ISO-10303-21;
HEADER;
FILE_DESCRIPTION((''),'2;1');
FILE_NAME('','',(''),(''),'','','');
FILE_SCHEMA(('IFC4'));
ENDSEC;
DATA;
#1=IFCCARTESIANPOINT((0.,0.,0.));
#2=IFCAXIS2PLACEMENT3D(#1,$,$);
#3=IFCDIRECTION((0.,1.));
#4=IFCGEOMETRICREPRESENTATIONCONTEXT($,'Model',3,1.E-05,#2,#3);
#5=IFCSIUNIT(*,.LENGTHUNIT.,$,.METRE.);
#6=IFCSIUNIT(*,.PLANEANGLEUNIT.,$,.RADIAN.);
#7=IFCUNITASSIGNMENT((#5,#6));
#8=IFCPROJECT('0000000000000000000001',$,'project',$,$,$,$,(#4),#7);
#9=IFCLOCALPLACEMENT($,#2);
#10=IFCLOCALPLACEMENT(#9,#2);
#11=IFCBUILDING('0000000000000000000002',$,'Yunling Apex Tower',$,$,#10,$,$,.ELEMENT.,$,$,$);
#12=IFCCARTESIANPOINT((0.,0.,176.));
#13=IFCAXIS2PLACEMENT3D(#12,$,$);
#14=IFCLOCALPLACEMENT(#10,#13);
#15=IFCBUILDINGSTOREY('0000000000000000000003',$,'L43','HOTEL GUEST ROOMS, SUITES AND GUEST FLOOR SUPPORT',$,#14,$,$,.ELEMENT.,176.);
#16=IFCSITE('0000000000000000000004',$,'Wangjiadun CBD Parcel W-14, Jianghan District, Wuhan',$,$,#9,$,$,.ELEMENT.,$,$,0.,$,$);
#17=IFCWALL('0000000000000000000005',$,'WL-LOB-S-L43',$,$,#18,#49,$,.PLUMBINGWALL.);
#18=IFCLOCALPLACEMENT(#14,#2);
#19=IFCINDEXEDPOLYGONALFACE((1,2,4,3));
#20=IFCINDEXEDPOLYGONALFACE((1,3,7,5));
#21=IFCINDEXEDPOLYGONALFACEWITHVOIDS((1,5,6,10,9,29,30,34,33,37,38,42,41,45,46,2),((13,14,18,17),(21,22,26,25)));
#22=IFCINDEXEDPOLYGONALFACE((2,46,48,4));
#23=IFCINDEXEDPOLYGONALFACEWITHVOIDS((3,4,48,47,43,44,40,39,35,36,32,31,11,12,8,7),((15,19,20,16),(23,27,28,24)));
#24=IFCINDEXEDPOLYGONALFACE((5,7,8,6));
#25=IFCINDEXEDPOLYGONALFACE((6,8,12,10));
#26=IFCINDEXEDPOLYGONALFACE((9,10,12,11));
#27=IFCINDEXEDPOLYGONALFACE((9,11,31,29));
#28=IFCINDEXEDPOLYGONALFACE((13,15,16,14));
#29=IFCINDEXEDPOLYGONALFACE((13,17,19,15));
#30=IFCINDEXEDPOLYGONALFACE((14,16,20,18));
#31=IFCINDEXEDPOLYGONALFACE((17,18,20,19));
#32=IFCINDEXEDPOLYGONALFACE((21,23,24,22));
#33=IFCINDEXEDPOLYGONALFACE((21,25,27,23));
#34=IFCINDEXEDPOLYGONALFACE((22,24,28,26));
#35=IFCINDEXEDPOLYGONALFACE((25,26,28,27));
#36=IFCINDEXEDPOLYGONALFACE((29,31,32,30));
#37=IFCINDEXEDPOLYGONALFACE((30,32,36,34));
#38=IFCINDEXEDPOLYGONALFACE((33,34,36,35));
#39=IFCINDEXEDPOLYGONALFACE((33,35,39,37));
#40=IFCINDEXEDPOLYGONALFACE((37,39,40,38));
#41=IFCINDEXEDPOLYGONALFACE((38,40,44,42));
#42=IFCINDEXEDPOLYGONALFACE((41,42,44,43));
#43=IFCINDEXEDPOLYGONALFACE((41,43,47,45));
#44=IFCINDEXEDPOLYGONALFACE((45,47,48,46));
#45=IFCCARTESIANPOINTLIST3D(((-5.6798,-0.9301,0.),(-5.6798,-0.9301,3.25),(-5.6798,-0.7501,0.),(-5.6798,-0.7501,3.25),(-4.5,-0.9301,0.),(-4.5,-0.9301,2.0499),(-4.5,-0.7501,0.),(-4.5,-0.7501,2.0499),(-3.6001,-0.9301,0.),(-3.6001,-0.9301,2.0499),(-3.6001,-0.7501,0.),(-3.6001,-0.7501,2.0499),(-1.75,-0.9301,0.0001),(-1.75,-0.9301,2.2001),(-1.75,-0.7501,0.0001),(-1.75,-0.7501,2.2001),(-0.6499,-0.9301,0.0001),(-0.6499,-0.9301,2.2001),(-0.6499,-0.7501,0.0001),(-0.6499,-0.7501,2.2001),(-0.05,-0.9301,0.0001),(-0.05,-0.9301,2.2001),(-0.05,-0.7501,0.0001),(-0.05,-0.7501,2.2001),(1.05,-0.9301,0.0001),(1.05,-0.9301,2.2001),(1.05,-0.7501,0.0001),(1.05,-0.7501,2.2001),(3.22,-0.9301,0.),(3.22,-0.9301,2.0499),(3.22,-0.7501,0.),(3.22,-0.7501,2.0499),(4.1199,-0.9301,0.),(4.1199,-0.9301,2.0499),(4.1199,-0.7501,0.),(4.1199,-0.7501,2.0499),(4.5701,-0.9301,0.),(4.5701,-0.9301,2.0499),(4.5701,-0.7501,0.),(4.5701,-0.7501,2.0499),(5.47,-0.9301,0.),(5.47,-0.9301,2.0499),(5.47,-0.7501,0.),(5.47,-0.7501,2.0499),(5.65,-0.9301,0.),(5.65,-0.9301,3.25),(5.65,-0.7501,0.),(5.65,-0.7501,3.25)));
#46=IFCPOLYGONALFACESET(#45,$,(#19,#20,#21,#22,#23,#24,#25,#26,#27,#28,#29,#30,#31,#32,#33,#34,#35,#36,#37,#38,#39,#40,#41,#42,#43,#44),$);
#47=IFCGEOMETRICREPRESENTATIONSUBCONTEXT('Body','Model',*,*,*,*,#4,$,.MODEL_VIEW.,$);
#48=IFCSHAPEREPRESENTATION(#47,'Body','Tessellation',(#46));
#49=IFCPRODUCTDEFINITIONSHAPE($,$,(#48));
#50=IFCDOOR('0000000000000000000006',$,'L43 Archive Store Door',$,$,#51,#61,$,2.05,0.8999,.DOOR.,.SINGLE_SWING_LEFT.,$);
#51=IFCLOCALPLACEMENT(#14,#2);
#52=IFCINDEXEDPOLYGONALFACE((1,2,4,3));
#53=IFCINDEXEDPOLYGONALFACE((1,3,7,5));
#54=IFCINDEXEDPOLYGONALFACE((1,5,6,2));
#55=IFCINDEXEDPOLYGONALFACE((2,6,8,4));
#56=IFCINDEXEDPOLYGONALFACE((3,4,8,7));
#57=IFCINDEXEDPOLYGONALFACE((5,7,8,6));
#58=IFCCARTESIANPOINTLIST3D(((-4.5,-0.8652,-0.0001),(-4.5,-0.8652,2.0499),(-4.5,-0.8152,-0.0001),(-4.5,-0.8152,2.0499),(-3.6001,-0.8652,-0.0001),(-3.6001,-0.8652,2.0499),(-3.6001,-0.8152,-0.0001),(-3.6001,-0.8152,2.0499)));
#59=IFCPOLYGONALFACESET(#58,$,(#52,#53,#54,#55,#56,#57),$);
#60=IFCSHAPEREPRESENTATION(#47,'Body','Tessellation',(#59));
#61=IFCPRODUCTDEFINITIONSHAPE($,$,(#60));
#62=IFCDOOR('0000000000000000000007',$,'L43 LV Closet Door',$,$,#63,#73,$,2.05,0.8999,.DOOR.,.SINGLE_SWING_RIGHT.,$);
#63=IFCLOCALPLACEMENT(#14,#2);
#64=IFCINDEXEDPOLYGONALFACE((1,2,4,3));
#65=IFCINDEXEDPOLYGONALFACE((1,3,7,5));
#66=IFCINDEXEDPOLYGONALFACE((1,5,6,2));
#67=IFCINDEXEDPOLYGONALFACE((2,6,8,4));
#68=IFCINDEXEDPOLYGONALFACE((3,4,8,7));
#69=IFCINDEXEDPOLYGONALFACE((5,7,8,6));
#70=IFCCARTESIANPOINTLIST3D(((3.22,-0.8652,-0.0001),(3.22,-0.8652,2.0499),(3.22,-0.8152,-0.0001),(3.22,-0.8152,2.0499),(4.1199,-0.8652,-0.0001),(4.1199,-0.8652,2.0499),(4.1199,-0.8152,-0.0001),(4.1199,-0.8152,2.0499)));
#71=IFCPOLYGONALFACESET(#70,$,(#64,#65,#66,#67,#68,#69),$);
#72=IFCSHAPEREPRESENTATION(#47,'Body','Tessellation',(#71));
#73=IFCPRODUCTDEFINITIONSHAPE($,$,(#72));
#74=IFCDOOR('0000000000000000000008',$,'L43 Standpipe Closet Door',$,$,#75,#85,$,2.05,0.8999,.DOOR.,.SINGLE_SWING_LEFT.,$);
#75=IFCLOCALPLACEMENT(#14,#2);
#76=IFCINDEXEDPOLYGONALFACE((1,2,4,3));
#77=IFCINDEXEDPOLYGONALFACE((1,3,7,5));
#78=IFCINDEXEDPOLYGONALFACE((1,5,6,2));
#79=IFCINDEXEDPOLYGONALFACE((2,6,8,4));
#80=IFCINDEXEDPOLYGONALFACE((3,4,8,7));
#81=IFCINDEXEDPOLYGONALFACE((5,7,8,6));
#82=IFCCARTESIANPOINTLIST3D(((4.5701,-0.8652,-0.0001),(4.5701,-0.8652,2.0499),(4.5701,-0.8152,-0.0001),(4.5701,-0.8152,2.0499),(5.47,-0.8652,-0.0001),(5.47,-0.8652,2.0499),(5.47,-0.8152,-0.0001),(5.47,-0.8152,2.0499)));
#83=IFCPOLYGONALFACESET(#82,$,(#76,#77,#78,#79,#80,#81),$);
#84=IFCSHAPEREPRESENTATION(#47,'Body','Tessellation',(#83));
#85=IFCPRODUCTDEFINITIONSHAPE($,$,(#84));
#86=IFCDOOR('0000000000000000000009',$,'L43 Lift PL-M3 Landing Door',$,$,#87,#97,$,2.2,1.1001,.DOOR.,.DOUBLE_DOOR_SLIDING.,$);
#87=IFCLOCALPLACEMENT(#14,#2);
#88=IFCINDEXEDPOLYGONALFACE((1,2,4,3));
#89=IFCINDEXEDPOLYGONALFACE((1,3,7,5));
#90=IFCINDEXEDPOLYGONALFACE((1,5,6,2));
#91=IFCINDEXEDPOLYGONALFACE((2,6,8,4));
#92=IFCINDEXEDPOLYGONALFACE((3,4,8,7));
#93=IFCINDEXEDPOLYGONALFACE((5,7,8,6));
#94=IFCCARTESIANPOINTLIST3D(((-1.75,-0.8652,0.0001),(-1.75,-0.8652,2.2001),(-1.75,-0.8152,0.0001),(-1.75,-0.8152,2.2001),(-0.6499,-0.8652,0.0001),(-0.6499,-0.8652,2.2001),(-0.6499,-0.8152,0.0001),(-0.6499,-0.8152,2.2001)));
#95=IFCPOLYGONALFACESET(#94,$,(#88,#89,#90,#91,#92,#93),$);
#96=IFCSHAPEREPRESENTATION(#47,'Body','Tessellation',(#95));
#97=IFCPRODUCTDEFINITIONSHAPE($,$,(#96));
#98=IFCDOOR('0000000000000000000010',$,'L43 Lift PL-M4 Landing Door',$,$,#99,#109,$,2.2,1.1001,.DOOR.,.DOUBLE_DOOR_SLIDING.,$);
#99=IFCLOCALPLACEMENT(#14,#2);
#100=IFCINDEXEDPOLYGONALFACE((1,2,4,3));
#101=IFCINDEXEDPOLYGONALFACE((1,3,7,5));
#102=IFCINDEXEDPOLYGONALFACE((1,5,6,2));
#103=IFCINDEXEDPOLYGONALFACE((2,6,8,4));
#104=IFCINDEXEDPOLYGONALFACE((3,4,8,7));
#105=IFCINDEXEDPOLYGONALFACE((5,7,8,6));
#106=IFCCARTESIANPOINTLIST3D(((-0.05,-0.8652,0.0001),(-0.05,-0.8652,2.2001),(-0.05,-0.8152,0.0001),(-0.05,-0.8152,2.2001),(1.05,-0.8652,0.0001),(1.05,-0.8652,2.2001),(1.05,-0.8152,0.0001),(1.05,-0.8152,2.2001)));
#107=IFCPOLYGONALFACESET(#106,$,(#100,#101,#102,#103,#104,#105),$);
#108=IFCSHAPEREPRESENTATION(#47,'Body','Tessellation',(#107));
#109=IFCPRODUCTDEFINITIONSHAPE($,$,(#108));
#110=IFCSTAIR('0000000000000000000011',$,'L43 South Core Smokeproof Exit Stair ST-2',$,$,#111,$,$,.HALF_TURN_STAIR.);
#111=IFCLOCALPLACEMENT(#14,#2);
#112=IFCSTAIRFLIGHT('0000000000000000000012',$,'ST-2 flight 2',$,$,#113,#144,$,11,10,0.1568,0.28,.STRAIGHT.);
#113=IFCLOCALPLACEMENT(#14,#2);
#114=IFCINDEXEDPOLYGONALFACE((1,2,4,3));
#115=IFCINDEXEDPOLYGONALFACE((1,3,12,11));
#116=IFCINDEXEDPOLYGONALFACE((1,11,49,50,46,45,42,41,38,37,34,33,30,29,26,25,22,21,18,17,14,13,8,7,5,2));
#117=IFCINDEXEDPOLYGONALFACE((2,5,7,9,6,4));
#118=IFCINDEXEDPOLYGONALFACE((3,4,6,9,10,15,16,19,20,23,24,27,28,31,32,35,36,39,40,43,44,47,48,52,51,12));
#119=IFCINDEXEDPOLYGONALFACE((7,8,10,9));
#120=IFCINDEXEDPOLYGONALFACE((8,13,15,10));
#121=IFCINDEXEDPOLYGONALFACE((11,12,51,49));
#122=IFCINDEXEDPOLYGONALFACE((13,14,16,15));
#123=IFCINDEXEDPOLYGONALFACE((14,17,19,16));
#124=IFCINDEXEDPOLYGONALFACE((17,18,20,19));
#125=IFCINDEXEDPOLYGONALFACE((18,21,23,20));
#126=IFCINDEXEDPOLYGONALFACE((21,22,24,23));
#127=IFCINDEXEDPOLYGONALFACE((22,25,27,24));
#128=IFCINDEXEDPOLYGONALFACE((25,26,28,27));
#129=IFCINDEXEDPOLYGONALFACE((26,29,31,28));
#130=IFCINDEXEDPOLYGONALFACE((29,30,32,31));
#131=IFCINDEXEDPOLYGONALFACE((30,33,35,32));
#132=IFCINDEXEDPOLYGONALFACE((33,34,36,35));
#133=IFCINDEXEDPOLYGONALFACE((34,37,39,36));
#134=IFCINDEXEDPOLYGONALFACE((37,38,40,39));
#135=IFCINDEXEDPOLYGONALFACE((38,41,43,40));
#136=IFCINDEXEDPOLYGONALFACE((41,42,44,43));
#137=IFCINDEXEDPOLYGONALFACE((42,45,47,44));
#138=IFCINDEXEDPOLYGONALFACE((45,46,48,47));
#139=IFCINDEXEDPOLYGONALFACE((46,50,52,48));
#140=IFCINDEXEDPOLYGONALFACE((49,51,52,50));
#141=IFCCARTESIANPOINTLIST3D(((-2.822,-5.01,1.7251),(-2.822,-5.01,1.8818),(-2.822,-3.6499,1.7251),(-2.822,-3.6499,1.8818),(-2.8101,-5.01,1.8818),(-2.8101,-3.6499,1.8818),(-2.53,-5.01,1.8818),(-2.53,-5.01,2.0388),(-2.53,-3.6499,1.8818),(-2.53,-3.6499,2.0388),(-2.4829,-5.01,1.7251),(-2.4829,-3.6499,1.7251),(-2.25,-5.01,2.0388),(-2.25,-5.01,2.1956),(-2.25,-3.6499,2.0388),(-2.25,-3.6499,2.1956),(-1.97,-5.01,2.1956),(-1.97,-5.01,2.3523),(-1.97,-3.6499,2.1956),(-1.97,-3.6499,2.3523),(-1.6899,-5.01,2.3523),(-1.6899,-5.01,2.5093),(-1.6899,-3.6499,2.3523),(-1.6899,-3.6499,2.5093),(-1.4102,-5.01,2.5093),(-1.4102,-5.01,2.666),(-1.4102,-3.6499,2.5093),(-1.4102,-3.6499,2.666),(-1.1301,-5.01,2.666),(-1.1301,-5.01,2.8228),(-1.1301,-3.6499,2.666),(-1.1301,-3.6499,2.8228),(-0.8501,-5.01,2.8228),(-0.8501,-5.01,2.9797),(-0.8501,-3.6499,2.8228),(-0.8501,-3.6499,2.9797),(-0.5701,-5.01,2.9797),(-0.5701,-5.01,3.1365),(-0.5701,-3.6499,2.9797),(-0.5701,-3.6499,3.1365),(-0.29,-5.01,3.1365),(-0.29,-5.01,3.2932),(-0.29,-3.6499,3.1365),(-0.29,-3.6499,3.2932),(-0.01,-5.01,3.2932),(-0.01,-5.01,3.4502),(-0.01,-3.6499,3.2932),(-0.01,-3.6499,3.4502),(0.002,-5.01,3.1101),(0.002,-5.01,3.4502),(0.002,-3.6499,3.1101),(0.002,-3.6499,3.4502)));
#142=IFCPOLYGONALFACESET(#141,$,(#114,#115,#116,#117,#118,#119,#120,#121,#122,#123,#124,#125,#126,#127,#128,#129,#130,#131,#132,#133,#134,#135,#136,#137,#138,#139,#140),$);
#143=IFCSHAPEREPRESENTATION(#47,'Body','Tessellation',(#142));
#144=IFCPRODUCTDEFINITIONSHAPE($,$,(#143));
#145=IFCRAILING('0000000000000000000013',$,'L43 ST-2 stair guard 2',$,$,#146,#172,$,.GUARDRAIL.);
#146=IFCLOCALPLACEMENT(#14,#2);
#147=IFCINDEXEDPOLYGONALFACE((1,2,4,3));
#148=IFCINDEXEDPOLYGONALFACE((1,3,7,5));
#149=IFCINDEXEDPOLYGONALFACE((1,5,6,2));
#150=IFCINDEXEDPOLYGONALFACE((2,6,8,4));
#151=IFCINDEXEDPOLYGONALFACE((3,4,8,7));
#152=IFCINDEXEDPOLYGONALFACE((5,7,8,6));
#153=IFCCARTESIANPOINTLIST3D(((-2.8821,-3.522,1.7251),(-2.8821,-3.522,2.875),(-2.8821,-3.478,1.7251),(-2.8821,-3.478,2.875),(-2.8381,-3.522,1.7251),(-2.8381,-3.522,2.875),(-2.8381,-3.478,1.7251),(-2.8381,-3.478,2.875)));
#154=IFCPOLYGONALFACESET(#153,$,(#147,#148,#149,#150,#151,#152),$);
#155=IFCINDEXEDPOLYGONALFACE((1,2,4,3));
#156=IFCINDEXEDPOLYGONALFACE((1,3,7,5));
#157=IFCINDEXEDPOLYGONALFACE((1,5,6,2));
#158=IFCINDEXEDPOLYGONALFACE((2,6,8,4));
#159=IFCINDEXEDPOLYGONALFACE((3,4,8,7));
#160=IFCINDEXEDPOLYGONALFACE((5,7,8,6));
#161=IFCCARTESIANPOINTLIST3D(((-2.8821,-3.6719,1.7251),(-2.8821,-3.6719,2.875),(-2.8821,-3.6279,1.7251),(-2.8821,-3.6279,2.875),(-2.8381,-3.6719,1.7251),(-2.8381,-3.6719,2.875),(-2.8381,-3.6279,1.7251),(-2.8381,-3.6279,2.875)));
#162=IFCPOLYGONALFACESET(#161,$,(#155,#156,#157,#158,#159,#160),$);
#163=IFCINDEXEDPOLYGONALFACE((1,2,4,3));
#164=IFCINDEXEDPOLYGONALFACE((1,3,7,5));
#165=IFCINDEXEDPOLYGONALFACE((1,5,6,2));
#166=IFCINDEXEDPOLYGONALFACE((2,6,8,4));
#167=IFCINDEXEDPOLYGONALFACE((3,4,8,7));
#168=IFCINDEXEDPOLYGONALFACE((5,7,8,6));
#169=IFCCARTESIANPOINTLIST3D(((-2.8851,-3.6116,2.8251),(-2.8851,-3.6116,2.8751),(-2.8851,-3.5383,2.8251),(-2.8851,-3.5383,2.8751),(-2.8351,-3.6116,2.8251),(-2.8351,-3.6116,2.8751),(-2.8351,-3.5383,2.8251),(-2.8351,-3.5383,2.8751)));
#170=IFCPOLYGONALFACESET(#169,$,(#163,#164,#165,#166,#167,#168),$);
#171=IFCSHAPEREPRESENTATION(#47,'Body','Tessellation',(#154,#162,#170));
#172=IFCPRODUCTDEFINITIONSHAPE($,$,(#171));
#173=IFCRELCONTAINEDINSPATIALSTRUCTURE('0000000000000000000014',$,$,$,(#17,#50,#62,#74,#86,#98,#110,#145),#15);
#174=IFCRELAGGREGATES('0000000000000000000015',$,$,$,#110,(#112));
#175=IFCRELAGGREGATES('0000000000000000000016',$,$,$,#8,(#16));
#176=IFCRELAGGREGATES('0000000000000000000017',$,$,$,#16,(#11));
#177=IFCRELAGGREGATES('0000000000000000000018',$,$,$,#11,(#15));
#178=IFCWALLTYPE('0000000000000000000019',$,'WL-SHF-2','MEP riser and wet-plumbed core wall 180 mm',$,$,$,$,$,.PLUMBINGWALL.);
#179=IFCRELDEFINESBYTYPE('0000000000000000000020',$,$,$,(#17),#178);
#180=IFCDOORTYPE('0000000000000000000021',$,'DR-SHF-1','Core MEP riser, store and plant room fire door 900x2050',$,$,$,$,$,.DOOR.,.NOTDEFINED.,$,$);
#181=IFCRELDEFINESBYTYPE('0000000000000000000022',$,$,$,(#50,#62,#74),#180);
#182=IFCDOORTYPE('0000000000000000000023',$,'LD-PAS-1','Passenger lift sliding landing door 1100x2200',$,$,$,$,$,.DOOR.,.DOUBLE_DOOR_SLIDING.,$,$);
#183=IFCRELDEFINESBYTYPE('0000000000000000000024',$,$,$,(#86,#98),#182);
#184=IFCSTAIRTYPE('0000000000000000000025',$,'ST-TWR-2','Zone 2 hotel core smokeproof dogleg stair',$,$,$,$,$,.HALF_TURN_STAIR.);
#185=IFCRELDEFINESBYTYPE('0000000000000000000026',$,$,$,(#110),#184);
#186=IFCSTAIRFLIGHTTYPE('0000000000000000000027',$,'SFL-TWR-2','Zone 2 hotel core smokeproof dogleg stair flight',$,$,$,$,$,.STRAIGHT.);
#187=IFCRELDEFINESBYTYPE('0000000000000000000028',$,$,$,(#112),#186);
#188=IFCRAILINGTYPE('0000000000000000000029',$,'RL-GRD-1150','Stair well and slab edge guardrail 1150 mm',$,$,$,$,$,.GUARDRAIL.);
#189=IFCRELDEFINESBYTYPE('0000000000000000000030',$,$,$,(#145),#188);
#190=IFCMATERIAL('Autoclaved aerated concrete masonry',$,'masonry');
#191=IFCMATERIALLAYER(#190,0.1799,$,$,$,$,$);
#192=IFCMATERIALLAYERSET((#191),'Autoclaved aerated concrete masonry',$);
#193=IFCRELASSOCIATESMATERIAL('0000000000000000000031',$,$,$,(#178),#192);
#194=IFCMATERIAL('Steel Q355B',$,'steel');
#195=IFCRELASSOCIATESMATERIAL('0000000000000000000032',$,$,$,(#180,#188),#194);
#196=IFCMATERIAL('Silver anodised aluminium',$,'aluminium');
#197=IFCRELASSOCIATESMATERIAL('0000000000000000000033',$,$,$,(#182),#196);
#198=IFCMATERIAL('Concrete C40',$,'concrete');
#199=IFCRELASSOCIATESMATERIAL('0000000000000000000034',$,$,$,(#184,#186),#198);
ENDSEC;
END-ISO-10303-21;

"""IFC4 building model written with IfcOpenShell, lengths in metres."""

from ifc_helpers import new_model, si_unit, direction, frame, frame_2d, origin, origin_2d, place, context, subcontext, project, spatial, polyline, rectangle, outline, extrude, material, layer, layer_set, type_object, element, fill, aggregate, save


model = new_model("IFC4")

# Units and contexts
model_context = context("Model", 3, precision=1e-05, world=origin(), true_north=direction((0.0, 1.0)))
body_context = subcontext(model_context, "Body", "Model", "MODEL_VIEW")
ifc_project = project(units=[si_unit("LENGTHUNIT", "METRE"), si_unit("PLANEANGLEUNIT", "RADIAN")], contexts=[model_context])

# Site, building, storey
site_placement = place(None, origin())
site = spatial("IfcSite", under=ifc_project, at=site_placement, Name="Wangjiadun CBD Parcel W-14, Jianghan District, Wuhan", CompositionType="ELEMENT", RefElevation=0.0)
building_placement = place(site_placement, origin())
building = spatial("IfcBuilding", under=site, at=building_placement, Name="Yunling Apex Tower", CompositionType="ELEMENT")
storey_placement = place(building_placement, frame((0.0, 0.0, 176.0)))
storey = spatial("IfcBuildingStorey", under=building, at=storey_placement, Name="L43", Description="HOTEL GUEST ROOMS, SUITES AND GUEST FLOOR SUPPORT", CompositionType="ELEMENT", Elevation=176.0)

# Shared definitions
ifc_material_1 = material(Name="Steel Q355B", Category="steel")

# Shared definitions
ifc_material_2 = material(Name="Concrete C40", Category="concrete")

# Shared definitions
ifc_material_3 = material(Name="Autoclaved aerated concrete masonry", Category="masonry")

# Wall, openings, doors
ifc_layer_1 = layer(ifc_material_3, 0.1799)
ifc_layer_set_1 = layer_set([ifc_layer_1], Name="Autoclaved aerated concrete masonry")
wall_type_1 = type_object("IfcWallType", Name="WL-SHF-2", Description="MEP riser and wet-plumbed core wall 180 mm", PredefinedType="PLUMBINGWALL", material=ifc_layer_set_1)
door_type_1 = type_object("IfcDoorType", Name="DR-SHF-1", Description="Core MEP riser, store and plant room fire door 900x2050", OperationType="NOTDEFINED", PredefinedType="DOOR", material=ifc_material_1)
ifc_material_4 = material(Name="Silver anodised aluminium", Category="aluminium")
door_type_2 = type_object("IfcDoorType", Name="LD-PAS-1", Description="Passenger lift sliding landing door 1100x2200", OperationType="DOUBLE_DOOR_SLIDING", PredefinedType="DOOR", material=ifc_material_4)
wall_1_placement = place(storey_placement, frame((-5.6799, -0.8401, 0.0), z_axis=(0.0, 0.0, 1.0), x_axis=(1.0, 0.0, 0.0)))
wall_1 = element("IfcWall", 1, at=wall_1_placement, inside=storey, type_object=wall_type_1, Name="WL-LOB-S-L43", PredefinedType="PLUMBINGWALL", context=body_context, shape_type="SweptSolid", body=[
    extrude(rectangle(XDim=11.3298, YDim=0.1799, at=frame_2d((5.665, 0.0))), origin(), (0.0, 0.0, 1.0), 3.25),
])
opening_1_placement = place(wall_1_placement, frame((1.1799, 0.0, 0.0)))
opening_1 = element("IfcOpeningElement", 2, at=opening_1_placement, cuts=wall_1, PredefinedType="OPENING", context=body_context, shape_type="SweptSolid", body=[
    extrude(rectangle(XDim=0.8999, YDim=2.05, at=frame_2d((0.45, 1.0249))), frame((0.0, 0.1001, 0.0), z_axis=(0.0, -1.0, 0.0), x_axis=(1.0, 0.0, 0.0)), (0.0, 0.0, 1.0), 0.2),
])
opening_2_placement = place(wall_1_placement, frame((3.9299, 0.0, 0.0)))
opening_2 = element("IfcOpeningElement", 3, at=opening_2_placement, cuts=wall_1, PredefinedType="OPENING", context=body_context, shape_type="SweptSolid", body=[
    extrude(rectangle(XDim=1.1001, YDim=2.2, at=frame_2d((0.55, 1.1001))), frame((0.0, 0.1001, 0.0), z_axis=(0.0, -1.0, 0.0), x_axis=(1.0, 0.0, 0.0)), (0.0, 0.0, 1.0), 0.2),
])
opening_3_placement = place(wall_1_placement, frame((5.6299, 0.0, 0.0)))
opening_3 = element("IfcOpeningElement", 4, at=opening_3_placement, cuts=wall_1, PredefinedType="OPENING", context=body_context, shape_type="SweptSolid", body=[
    extrude(rectangle(XDim=1.1001, YDim=2.2, at=frame_2d((0.55, 1.1001))), frame((0.0, 0.1001, 0.0), z_axis=(0.0, -1.0, 0.0), x_axis=(1.0, 0.0, 0.0)), (0.0, 0.0, 1.0), 0.2),
])
opening_4_placement = place(wall_1_placement, frame((8.8999, 0.0, 0.0)))
opening_4 = element("IfcOpeningElement", 5, at=opening_4_placement, cuts=wall_1, PredefinedType="OPENING", context=body_context, shape_type="SweptSolid", body=[
    extrude(rectangle(XDim=0.8999, YDim=2.05, at=frame_2d((0.45, 1.0249))), frame((0.0, 0.1001, 0.0), z_axis=(0.0, -1.0, 0.0), x_axis=(1.0, 0.0, 0.0)), (0.0, 0.0, 1.0), 0.2),
])
opening_5_placement = place(wall_1_placement, frame((10.25, 0.0, 0.0)))
opening_5 = element("IfcOpeningElement", 6, at=opening_5_placement, cuts=wall_1, PredefinedType="OPENING", context=body_context, shape_type="SweptSolid", body=[
    extrude(rectangle(XDim=0.8999, YDim=2.05, at=frame_2d((0.45, 1.0249))), frame((0.0, 0.1001, 0.0), z_axis=(0.0, -1.0, 0.0), x_axis=(1.0, 0.0, 0.0)), (0.0, 0.0, 1.0), 0.2),
])
door_1_placement = place(opening_1_placement, origin())
door_1 = element("IfcDoor", 7, at=door_1_placement, inside=storey, type_object=door_type_1, Name="L43 Archive Store Door", OperationType="SINGLE_SWING_LEFT", OverallHeight=2.05, OverallWidth=0.8999, PredefinedType="DOOR", context=body_context, shape_type="SweptSolid", body=[
    extrude(rectangle(XDim=0.8999, YDim=2.05, at=frame_2d((0.45, 1.0249))), frame((0.0, 0.0249, 0.0), z_axis=(0.0, -1.0, 0.0), x_axis=(1.0, 0.0, 0.0)), (0.0, 0.0, 1.0), 0.05),
])
fill(opening_1, door_1)
door_2_placement = place(opening_4_placement, origin())
door_2 = element("IfcDoor", 8, at=door_2_placement, inside=storey, type_object=door_type_1, Name="L43 LV Closet Door", OperationType="SINGLE_SWING_RIGHT", OverallHeight=2.05, OverallWidth=0.8999, PredefinedType="DOOR", context=body_context, shape_type="SweptSolid", body=[
    extrude(rectangle(XDim=0.8999, YDim=2.05, at=frame_2d((0.45, 1.0249))), frame((0.0, 0.0249, 0.0), z_axis=(0.0, -1.0, 0.0), x_axis=(1.0, 0.0, 0.0)), (0.0, 0.0, 1.0), 0.05),
])
fill(opening_4, door_2)
door_3_placement = place(opening_5_placement, origin())
door_3 = element("IfcDoor", 9, at=door_3_placement, inside=storey, type_object=door_type_1, Name="L43 Standpipe Closet Door", OperationType="SINGLE_SWING_LEFT", OverallHeight=2.05, OverallWidth=0.8999, PredefinedType="DOOR", context=body_context, shape_type="SweptSolid", body=[
    extrude(rectangle(XDim=0.8999, YDim=2.05, at=frame_2d((0.45, 1.0249))), frame((0.0, 0.0249, 0.0), z_axis=(0.0, -1.0, 0.0), x_axis=(1.0, 0.0, 0.0)), (0.0, 0.0, 1.0), 0.05),
])
fill(opening_5, door_3)
door_4_placement = place(opening_2_placement, origin())
door_4 = element("IfcDoor", 10, at=door_4_placement, inside=storey, type_object=door_type_2, Name="L43 Lift PL-M3 Landing Door", OperationType="DOUBLE_DOOR_SLIDING", OverallHeight=2.2, OverallWidth=1.1001, PredefinedType="DOOR", context=body_context, shape_type="SweptSolid", body=[
    extrude(rectangle(XDim=1.1001, YDim=2.2, at=frame_2d((0.55, 1.1001))), frame((0.0, 0.0249, 0.0), z_axis=(0.0, -1.0, 0.0), x_axis=(1.0, 0.0, 0.0)), (0.0, 0.0, 1.0), 0.05),
])
fill(opening_2, door_4)
door_5_placement = place(opening_3_placement, origin())
door_5 = element("IfcDoor", 11, at=door_5_placement, inside=storey, type_object=door_type_2, Name="L43 Lift PL-M4 Landing Door", OperationType="DOUBLE_DOOR_SLIDING", OverallHeight=2.2, OverallWidth=1.1001, PredefinedType="DOOR", context=body_context, shape_type="SweptSolid", body=[
    extrude(rectangle(XDim=1.1001, YDim=2.2, at=frame_2d((0.55, 1.1001))), frame((0.0, 0.0249, 0.0), z_axis=(0.0, -1.0, 0.0), x_axis=(1.0, 0.0, 0.0)), (0.0, 0.0, 1.0), 0.05),
])
fill(opening_3, door_5)

# Stair, stair flight
stair_type = type_object("IfcStairType", Name="ST-TWR-2", Description="Zone 2 hotel core smokeproof dogleg stair", PredefinedType="HALF_TURN_STAIR", material=ifc_material_2)
stair_placement = place(storey_placement, origin())
stair = element("IfcStair", 12, at=stair_placement, inside=storey, type_object=stair_type, Name="L43 South Core Smokeproof Exit Stair ST-2", PredefinedType="HALF_TURN_STAIR")
stair_flight_type = type_object("IfcStairFlightType", Name="SFL-TWR-2", Description="Zone 2 hotel core smokeproof dogleg stair flight", PredefinedType="STRAIGHT", material=ifc_material_2)
stair_flight_placement = place(storey_placement, frame((-2.8101, -4.3301, 1.7251), z_axis=(0.0, 0.0, 1.0), x_axis=(1.0, 0.0, 0.0)))
stair_flight = element("IfcStairFlight", 13, at=stair_flight_placement, type_object=stair_flight_type, Name="ST-2 flight 2", NumberOfRisers=11, NumberOfTreads=10, PredefinedType="STRAIGHT", RiserHeight=0.1568, TreadLength=0.28, context=body_context, shape_type="SweptSolid", body=[
    extrude(outline(polyline([(-0.012, 0.0), (-0.012, 0.1567), (0.0, 0.1567), (0.28, 0.1567), (0.28, 0.3137), (0.5601, 0.3137), (0.5601, 0.4705), (0.8401, 0.4705), (0.8401, 0.6272), (1.1201, 0.6272), (1.1201, 0.7842), (1.3999, 0.7842), (1.3999, 0.9409), (1.6799, 0.9409), (1.6799, 1.0977), (1.96, 1.0977), (1.96, 1.2546), (2.24, 1.2546), (2.24, 1.4114), (2.52, 1.4114), (2.52, 1.5681), (2.8, 1.5681), (2.8, 1.7251), (2.812, 1.7251), (2.812, 1.385), (0.3271, 0.0), (-0.012, 0.0)])), frame((0.0, 0.6802, 0.0), z_axis=(0.0, -1.0, 0.0), x_axis=(1.0, 0.0, 0.0)), (0.0, 0.0, 1.0), 1.3601),
])
aggregate(stair, [stair_flight])

# Railing
railing_type_1 = type_object("IfcRailingType", Name="RL-GRD-1150", Description="Stair well and slab edge guardrail 1150 mm", PredefinedType="GUARDRAIL", material=ifc_material_1)
railing_1_placement = place(storey_placement, frame((-2.8601, -3.5, 1.7251)))
element("IfcRailing", 14, at=railing_1_placement, inside=storey, type_object=railing_type_1, Name="L43 ST-2 stair guard 2", PredefinedType="GUARDRAIL", context=body_context, shape_type="SweptSolid", body=[
    extrude(rectangle(XDim=0.0439, YDim=0.0439, at=origin_2d()), origin(), (0.0, 0.0, 1.0), 1.1499),
    extrude(rectangle(XDim=0.0439, YDim=0.0439, at=origin_2d()), frame((0.0, -0.1499, 0.0)), (0.0, 0.0, 1.0), 1.1499),
    extrude(rectangle(XDim=0.05, YDim=0.05, at=origin_2d()), frame((0.0, -0.0383, 1.125), z_axis=(0.0, -1.0, 0.0), x_axis=(1.0, 0.0, 0.0)), (0.0, 0.0, 1.0), 0.0732),
])

save(model, "model.ifc")
